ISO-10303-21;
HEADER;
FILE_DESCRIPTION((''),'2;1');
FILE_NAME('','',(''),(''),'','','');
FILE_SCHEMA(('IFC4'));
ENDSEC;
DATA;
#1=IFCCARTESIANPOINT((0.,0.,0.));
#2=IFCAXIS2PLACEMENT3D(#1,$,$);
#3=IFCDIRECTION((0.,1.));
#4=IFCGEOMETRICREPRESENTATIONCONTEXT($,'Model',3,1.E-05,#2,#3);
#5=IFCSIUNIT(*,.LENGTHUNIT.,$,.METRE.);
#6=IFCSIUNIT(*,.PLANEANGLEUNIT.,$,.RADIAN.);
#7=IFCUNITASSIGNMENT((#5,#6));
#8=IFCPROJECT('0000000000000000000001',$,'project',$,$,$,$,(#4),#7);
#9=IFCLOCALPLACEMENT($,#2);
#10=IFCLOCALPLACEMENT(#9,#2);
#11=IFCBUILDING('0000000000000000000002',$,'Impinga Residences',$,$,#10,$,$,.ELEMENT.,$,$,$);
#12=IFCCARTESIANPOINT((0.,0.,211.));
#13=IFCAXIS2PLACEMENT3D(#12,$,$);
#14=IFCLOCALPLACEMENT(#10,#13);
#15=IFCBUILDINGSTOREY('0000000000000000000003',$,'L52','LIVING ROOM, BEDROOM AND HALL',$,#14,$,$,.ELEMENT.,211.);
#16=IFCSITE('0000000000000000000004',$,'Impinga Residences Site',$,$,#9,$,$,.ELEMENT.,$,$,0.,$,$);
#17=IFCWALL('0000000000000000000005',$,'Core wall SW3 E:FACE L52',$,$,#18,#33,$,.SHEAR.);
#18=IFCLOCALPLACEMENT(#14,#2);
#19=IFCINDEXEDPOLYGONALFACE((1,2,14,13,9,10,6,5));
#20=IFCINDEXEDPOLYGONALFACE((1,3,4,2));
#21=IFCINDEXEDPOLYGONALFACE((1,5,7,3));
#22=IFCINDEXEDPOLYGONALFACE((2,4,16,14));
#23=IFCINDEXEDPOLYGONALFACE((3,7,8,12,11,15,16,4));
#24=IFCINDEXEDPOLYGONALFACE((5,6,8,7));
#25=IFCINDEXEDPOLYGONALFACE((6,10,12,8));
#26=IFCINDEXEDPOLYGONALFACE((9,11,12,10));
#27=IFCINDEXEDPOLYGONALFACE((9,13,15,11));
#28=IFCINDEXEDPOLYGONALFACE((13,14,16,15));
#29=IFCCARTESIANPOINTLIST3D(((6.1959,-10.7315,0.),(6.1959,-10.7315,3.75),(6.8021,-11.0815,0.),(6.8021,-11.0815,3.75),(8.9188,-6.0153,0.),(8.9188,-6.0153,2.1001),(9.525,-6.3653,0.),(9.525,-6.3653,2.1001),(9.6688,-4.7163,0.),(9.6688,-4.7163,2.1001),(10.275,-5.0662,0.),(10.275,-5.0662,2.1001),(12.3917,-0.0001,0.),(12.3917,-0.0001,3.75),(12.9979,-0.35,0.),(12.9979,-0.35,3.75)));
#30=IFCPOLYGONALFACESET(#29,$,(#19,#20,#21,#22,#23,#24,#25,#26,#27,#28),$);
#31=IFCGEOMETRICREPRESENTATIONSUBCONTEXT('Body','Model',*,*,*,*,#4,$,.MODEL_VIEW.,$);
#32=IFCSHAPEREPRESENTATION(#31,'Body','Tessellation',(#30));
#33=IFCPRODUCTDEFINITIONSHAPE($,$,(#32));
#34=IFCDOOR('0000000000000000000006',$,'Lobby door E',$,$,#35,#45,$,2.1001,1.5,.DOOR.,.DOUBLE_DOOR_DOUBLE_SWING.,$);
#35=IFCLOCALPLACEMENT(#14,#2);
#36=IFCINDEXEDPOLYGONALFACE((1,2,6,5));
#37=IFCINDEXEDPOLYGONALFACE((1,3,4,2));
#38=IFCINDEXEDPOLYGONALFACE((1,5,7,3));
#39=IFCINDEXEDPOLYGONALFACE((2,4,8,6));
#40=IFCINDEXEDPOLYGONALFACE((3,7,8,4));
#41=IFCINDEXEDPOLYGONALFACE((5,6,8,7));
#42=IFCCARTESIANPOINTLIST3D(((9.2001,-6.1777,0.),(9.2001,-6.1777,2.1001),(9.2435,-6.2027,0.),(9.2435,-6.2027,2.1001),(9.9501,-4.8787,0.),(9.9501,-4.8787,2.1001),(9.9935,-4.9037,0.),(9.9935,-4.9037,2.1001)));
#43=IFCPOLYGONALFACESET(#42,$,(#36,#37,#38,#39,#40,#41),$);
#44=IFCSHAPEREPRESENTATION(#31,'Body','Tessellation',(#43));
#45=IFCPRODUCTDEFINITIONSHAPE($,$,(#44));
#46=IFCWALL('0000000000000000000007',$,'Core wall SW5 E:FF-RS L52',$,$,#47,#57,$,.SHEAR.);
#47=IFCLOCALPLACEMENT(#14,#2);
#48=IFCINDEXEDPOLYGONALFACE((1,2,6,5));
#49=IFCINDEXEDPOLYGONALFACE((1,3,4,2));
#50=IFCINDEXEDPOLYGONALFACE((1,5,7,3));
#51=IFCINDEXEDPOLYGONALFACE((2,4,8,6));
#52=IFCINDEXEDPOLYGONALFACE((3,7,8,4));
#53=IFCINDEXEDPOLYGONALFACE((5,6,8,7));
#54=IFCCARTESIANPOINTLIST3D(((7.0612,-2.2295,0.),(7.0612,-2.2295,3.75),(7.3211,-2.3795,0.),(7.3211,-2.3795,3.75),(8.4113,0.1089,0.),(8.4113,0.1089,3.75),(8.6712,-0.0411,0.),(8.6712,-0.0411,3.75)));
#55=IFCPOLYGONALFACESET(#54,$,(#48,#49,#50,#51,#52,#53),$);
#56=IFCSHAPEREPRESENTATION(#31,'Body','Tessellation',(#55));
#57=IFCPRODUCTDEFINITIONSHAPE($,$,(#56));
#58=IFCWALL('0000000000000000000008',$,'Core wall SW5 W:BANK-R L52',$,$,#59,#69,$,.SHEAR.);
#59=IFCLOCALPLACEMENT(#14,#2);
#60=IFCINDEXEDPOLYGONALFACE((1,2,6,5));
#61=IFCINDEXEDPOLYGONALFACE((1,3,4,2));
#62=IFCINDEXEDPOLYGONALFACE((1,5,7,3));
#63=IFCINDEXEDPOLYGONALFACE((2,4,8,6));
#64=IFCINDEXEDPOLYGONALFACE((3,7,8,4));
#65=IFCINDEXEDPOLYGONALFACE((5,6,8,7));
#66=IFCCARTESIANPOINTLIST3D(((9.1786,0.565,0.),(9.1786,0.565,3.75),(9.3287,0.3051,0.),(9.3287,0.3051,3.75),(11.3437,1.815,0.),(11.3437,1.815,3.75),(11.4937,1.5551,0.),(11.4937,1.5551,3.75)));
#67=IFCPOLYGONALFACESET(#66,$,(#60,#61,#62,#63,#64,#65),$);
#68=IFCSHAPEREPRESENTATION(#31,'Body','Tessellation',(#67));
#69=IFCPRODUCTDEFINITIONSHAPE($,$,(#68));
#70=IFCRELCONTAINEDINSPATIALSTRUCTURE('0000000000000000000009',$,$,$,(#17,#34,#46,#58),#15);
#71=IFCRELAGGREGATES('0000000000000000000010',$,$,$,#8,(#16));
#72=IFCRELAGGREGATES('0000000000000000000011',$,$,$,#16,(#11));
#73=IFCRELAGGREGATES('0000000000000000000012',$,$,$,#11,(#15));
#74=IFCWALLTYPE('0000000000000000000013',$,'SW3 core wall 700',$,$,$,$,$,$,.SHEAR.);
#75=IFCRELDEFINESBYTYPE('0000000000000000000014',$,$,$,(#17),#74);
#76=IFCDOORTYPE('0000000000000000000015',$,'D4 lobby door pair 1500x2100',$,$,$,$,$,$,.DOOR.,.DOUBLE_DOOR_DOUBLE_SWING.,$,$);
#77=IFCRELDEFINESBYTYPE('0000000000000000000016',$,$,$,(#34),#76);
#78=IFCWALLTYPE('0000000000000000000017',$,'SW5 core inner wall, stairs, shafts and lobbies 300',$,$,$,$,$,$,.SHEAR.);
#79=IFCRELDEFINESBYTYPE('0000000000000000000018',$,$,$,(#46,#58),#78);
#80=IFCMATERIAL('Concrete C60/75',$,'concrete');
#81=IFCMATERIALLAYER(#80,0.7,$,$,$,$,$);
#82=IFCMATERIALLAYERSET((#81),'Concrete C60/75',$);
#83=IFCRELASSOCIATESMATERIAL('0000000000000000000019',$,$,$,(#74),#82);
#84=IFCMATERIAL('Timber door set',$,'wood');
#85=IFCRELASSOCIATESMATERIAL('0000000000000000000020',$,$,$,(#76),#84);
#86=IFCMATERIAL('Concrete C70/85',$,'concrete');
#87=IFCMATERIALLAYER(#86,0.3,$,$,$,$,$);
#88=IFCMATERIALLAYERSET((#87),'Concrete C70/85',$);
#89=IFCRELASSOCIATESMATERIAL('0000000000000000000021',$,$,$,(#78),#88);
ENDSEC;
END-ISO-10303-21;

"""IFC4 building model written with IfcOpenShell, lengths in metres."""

from ifc_helpers import new_model, si_unit, direction, frame, frame_2d, origin, place, context, subcontext, project, spatial, rectangle, extrude, material, layer, layer_set, type_object, element, fill, save


model = new_model("IFC4")

# Units and contexts
model_context = context("Model", 3, precision=1e-05, world=origin(), true_north=direction((0.0, 1.0)))
body_context = subcontext(model_context, "Body", "Model", "MODEL_VIEW")
ifc_project = project(units=[si_unit("LENGTHUNIT", "METRE"), si_unit("PLANEANGLEUNIT", "RADIAN")], contexts=[model_context])

# Site, building, storey
site_placement = place(None, origin())
site = spatial("IfcSite", under=ifc_project, at=site_placement, Name="Impinga Residences Site", CompositionType="ELEMENT", RefElevation=0.0)
building_placement = place(site_placement, origin())
building = spatial("IfcBuilding", under=site, at=building_placement, Name="Impinga Residences", CompositionType="ELEMENT")
storey_placement = place(building_placement, frame((0.0, 0.0, 211.0)))
storey = spatial("IfcBuildingStorey", under=building, at=storey_placement, Name="L52", Description="LIVING ROOM, BEDROOM AND HALL", CompositionType="ELEMENT", Elevation=211.0)

# Shared definitions
ifc_material_1 = material(Name="Concrete C60/75", Category="concrete")

# Shared definitions
ifc_material_2 = material(Name="Timber door set", Category="wood")

# Wall, opening, door
ifc_layer_1 = layer(ifc_material_1, 0.7)
ifc_layer_set_1 = layer_set([ifc_layer_1], Name="Concrete C60/75")
wall_type_1 = type_object("IfcWallType", Name="SW3 core wall 700", PredefinedType="SHEAR", material=ifc_layer_set_1)
wall_1_placement = place(storey_placement, frame((12.6948, -0.175, 0.0), z_axis=(0.0, 0.0, 1.0), x_axis=(-0.5, -0.866025, 0.0)))
wall_1 = element("IfcWall", 1, at=wall_1_placement, inside=storey, type_object=wall_type_1, Name="Core wall SW3 E:FACE L52", PredefinedType="SHEAR", context=body_context, shape_type="SweptSolid", body=[
    extrude(rectangle(XDim=12.3916, YDim=0.7, at=frame_2d((6.1958, 0.0))), origin(), (0.0, 0.0, 1.0), 3.75),
])
opening_1_placement = place(wall_1_placement, frame((5.4458, 0.0, 0.0)))
opening_1 = element("IfcOpeningElement", 2, at=opening_1_placement, cuts=wall_1, PredefinedType="OPENING", context=body_context, shape_type="SweptSolid", body=[
    extrude(rectangle(XDim=1.5, YDim=2.1001, at=frame_2d((0.75, 1.05))), frame((0.0, 0.3599, 0.0), z_axis=(0.0, -1.0, 0.0), x_axis=(1.0, 0.0, 0.0)), (0.0, 0.0, 1.0), 0.72),
])
door_type_1 = type_object("IfcDoorType", Name="D4 lobby door pair 1500x2100", OperationType="DOUBLE_DOOR_DOUBLE_SWING", PredefinedType="DOOR", material=ifc_material_2)
door_1_placement = place(opening_1_placement, origin())
door_1 = element("IfcDoor", 3, at=door_1_placement, inside=storey, type_object=door_type_1, Name="Lobby door E", OperationType="DOUBLE_DOOR_DOUBLE_SWING", OverallHeight=2.1001, OverallWidth=1.5, PredefinedType="DOOR", context=body_context, shape_type="SweptSolid", body=[
    extrude(rectangle(XDim=1.5, YDim=2.1001, at=frame_2d((0.75, 1.05))), frame((0.0, 0.0249, 0.0), z_axis=(0.0, -1.0, 0.0), x_axis=(1.0, 0.0, 0.0)), (0.0, 0.0, 1.0), 0.05),
])
fill(opening_1, door_1)

# Walls
ifc_material_3 = material(Name="Concrete C70/85", Category="concrete")
ifc_layer_2 = layer(ifc_material_3, 0.3)
ifc_layer_set_2 = layer_set([ifc_layer_2], Name="Concrete C70/85")
wall_type_2 = type_object("IfcWallType", Name="SW5 core inner wall, stairs, shafts and lobbies 300", PredefinedType="SHEAR", material=ifc_layer_set_2)
wall_2_placement = place(storey_placement, frame((8.5413, 0.0339, 0.0), z_axis=(0.0, 0.0, 1.0), x_axis=(-0.500009, -0.86602, 0.0)))
element("IfcWall", 4, at=wall_2_placement, inside=storey, type_object=wall_type_2, Name="Core wall SW5 E:FF-RS L52", PredefinedType="SHEAR", context=body_context, shape_type="SweptSolid", body=[
    extrude(rectangle(XDim=2.7002, YDim=0.3, at=frame_2d((1.3501, 0.0))), origin(), (0.0, 0.0, 1.0), 3.75),
])
wall_3_placement = place(storey_placement, frame((9.2537, 0.4351, 0.0), z_axis=(0.0, 0.0, 1.0), x_axis=(0.866023, 0.500004, 0.0)))
element("IfcWall", 5, at=wall_3_placement, inside=storey, type_object=wall_type_2, Name="Core wall SW5 W:BANK-R L52", PredefinedType="SHEAR", context=body_context, shape_type="SweptSolid", body=[
    extrude(rectangle(XDim=2.5, YDim=0.3, at=frame_2d((1.25, 0.0))), origin(), (0.0, 0.0, 1.0), 3.75),
])

save(model, "model.ifc")
